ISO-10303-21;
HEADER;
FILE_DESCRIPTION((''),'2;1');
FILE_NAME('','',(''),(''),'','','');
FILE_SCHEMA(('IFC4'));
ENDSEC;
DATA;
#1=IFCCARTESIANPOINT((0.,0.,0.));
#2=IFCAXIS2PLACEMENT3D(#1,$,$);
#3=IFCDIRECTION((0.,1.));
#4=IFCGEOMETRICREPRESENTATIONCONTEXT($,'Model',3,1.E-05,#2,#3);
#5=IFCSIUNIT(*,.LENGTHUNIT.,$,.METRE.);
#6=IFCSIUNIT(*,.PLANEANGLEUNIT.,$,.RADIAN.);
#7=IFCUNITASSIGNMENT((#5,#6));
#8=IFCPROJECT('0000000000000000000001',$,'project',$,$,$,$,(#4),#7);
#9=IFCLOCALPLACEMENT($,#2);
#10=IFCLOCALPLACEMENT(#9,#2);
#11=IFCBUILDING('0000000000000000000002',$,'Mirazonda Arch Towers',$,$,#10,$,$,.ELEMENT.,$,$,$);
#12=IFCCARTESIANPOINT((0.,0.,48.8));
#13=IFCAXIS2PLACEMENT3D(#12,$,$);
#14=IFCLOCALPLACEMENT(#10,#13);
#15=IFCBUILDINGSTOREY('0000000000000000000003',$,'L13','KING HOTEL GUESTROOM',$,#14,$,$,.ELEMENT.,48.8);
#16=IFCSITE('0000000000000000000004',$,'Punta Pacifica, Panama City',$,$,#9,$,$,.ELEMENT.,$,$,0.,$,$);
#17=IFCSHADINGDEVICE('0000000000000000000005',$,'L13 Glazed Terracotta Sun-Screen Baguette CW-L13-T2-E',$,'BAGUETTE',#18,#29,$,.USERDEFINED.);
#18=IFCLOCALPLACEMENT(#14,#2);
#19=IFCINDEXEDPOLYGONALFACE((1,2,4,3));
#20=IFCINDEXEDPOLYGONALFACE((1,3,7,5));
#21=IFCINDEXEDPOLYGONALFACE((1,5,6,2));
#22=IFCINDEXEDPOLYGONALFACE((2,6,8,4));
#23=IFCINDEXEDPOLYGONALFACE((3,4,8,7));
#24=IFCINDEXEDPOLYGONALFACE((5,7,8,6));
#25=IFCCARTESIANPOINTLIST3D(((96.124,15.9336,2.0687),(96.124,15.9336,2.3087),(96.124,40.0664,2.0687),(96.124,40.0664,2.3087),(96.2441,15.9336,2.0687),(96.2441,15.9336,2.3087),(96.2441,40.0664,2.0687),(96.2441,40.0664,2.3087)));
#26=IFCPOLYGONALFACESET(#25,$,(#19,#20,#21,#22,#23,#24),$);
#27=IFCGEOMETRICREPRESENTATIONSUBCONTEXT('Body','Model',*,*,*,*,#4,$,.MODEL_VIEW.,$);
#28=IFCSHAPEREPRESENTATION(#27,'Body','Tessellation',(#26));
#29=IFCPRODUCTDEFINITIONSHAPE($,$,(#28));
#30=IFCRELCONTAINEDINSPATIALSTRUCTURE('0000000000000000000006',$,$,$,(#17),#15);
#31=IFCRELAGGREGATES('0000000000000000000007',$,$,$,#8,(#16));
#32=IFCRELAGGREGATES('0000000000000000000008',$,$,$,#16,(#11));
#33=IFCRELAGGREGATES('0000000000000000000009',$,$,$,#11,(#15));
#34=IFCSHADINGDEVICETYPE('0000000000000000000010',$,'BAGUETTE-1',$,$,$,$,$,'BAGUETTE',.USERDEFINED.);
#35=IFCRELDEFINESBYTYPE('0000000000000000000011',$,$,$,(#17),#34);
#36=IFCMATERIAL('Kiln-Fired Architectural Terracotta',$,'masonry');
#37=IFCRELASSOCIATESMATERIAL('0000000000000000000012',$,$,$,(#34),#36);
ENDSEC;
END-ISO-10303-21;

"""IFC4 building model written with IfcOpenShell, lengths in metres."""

from ifc_helpers import new_model, si_unit, direction, frame, origin, origin_2d, place, context, subcontext, project, spatial, rectangle, extrude, material, material_profile, profile_set, type_object, element, save


model = new_model("IFC4")

# Units and contexts
model_context = context("Model", 3, precision=1e-05, world=origin(), true_north=direction((0.0, 1.0)))
body_context = subcontext(model_context, "Body", "Model", "MODEL_VIEW")
ifc_project = project(units=[si_unit("LENGTHUNIT", "METRE"), si_unit("PLANEANGLEUNIT", "RADIAN")], contexts=[model_context])

# Site, building, storey
site_placement = place(None, origin())
site = spatial("IfcSite", under=ifc_project, at=site_placement, Name="Punta Pacifica, Panama City", CompositionType="ELEMENT", RefElevation=0.0)
building_placement = place(site_placement, origin())
building = spatial("IfcBuilding", under=site, at=building_placement, Name="Mirazonda Arch Towers", CompositionType="ELEMENT")
storey_placement = place(building_placement, frame((0.0, 0.0, 48.8)))
storey = spatial("IfcBuildingStorey", under=building, at=storey_placement, Name="L13", Description="KING HOTEL GUESTROOM", CompositionType="ELEMENT", Elevation=48.8)

# Shading device
ifc_material_1 = material(Name="Kiln-Fired Architectural Terracotta", Category="masonry")
ifc_material_profile_1 = material_profile(ifc_material_1, rectangle(XDim=0.1201, YDim=0.24, at=origin_2d()), Name="TERRA-BAG-120x240")
ifc_profile_set_1 = profile_set([ifc_material_profile_1], Name="Kiln-Fired Architectural Terracotta")
shading_device_type = type_object("IfcShadingDeviceType", Name="BAGUETTE-1", ElementType="BAGUETTE", PredefinedType="USERDEFINED", material=ifc_profile_set_1)
shading_device_1_placement = place(storey_placement, frame((96.1841, 15.9336, 2.1887), z_axis=(0.0, 1.0, 0.0), x_axis=(-1.0, 0.0, 0.0)))
element("IfcShadingDevice", 1, at=shading_device_1_placement, inside=storey, type_object=shading_device_type, Name="L13 Glazed Terracotta Sun-Screen Baguette CW-L13-T2-E", ObjectType="BAGUETTE", PredefinedType="USERDEFINED", context=body_context, shape_type="SweptSolid", body=[
    extrude(rectangle(XDim=0.1201, YDim=0.24, at=origin_2d()), origin(), (0.0, 0.0, 1.0), 24.1328),
])

save(model, "model.ifc")
